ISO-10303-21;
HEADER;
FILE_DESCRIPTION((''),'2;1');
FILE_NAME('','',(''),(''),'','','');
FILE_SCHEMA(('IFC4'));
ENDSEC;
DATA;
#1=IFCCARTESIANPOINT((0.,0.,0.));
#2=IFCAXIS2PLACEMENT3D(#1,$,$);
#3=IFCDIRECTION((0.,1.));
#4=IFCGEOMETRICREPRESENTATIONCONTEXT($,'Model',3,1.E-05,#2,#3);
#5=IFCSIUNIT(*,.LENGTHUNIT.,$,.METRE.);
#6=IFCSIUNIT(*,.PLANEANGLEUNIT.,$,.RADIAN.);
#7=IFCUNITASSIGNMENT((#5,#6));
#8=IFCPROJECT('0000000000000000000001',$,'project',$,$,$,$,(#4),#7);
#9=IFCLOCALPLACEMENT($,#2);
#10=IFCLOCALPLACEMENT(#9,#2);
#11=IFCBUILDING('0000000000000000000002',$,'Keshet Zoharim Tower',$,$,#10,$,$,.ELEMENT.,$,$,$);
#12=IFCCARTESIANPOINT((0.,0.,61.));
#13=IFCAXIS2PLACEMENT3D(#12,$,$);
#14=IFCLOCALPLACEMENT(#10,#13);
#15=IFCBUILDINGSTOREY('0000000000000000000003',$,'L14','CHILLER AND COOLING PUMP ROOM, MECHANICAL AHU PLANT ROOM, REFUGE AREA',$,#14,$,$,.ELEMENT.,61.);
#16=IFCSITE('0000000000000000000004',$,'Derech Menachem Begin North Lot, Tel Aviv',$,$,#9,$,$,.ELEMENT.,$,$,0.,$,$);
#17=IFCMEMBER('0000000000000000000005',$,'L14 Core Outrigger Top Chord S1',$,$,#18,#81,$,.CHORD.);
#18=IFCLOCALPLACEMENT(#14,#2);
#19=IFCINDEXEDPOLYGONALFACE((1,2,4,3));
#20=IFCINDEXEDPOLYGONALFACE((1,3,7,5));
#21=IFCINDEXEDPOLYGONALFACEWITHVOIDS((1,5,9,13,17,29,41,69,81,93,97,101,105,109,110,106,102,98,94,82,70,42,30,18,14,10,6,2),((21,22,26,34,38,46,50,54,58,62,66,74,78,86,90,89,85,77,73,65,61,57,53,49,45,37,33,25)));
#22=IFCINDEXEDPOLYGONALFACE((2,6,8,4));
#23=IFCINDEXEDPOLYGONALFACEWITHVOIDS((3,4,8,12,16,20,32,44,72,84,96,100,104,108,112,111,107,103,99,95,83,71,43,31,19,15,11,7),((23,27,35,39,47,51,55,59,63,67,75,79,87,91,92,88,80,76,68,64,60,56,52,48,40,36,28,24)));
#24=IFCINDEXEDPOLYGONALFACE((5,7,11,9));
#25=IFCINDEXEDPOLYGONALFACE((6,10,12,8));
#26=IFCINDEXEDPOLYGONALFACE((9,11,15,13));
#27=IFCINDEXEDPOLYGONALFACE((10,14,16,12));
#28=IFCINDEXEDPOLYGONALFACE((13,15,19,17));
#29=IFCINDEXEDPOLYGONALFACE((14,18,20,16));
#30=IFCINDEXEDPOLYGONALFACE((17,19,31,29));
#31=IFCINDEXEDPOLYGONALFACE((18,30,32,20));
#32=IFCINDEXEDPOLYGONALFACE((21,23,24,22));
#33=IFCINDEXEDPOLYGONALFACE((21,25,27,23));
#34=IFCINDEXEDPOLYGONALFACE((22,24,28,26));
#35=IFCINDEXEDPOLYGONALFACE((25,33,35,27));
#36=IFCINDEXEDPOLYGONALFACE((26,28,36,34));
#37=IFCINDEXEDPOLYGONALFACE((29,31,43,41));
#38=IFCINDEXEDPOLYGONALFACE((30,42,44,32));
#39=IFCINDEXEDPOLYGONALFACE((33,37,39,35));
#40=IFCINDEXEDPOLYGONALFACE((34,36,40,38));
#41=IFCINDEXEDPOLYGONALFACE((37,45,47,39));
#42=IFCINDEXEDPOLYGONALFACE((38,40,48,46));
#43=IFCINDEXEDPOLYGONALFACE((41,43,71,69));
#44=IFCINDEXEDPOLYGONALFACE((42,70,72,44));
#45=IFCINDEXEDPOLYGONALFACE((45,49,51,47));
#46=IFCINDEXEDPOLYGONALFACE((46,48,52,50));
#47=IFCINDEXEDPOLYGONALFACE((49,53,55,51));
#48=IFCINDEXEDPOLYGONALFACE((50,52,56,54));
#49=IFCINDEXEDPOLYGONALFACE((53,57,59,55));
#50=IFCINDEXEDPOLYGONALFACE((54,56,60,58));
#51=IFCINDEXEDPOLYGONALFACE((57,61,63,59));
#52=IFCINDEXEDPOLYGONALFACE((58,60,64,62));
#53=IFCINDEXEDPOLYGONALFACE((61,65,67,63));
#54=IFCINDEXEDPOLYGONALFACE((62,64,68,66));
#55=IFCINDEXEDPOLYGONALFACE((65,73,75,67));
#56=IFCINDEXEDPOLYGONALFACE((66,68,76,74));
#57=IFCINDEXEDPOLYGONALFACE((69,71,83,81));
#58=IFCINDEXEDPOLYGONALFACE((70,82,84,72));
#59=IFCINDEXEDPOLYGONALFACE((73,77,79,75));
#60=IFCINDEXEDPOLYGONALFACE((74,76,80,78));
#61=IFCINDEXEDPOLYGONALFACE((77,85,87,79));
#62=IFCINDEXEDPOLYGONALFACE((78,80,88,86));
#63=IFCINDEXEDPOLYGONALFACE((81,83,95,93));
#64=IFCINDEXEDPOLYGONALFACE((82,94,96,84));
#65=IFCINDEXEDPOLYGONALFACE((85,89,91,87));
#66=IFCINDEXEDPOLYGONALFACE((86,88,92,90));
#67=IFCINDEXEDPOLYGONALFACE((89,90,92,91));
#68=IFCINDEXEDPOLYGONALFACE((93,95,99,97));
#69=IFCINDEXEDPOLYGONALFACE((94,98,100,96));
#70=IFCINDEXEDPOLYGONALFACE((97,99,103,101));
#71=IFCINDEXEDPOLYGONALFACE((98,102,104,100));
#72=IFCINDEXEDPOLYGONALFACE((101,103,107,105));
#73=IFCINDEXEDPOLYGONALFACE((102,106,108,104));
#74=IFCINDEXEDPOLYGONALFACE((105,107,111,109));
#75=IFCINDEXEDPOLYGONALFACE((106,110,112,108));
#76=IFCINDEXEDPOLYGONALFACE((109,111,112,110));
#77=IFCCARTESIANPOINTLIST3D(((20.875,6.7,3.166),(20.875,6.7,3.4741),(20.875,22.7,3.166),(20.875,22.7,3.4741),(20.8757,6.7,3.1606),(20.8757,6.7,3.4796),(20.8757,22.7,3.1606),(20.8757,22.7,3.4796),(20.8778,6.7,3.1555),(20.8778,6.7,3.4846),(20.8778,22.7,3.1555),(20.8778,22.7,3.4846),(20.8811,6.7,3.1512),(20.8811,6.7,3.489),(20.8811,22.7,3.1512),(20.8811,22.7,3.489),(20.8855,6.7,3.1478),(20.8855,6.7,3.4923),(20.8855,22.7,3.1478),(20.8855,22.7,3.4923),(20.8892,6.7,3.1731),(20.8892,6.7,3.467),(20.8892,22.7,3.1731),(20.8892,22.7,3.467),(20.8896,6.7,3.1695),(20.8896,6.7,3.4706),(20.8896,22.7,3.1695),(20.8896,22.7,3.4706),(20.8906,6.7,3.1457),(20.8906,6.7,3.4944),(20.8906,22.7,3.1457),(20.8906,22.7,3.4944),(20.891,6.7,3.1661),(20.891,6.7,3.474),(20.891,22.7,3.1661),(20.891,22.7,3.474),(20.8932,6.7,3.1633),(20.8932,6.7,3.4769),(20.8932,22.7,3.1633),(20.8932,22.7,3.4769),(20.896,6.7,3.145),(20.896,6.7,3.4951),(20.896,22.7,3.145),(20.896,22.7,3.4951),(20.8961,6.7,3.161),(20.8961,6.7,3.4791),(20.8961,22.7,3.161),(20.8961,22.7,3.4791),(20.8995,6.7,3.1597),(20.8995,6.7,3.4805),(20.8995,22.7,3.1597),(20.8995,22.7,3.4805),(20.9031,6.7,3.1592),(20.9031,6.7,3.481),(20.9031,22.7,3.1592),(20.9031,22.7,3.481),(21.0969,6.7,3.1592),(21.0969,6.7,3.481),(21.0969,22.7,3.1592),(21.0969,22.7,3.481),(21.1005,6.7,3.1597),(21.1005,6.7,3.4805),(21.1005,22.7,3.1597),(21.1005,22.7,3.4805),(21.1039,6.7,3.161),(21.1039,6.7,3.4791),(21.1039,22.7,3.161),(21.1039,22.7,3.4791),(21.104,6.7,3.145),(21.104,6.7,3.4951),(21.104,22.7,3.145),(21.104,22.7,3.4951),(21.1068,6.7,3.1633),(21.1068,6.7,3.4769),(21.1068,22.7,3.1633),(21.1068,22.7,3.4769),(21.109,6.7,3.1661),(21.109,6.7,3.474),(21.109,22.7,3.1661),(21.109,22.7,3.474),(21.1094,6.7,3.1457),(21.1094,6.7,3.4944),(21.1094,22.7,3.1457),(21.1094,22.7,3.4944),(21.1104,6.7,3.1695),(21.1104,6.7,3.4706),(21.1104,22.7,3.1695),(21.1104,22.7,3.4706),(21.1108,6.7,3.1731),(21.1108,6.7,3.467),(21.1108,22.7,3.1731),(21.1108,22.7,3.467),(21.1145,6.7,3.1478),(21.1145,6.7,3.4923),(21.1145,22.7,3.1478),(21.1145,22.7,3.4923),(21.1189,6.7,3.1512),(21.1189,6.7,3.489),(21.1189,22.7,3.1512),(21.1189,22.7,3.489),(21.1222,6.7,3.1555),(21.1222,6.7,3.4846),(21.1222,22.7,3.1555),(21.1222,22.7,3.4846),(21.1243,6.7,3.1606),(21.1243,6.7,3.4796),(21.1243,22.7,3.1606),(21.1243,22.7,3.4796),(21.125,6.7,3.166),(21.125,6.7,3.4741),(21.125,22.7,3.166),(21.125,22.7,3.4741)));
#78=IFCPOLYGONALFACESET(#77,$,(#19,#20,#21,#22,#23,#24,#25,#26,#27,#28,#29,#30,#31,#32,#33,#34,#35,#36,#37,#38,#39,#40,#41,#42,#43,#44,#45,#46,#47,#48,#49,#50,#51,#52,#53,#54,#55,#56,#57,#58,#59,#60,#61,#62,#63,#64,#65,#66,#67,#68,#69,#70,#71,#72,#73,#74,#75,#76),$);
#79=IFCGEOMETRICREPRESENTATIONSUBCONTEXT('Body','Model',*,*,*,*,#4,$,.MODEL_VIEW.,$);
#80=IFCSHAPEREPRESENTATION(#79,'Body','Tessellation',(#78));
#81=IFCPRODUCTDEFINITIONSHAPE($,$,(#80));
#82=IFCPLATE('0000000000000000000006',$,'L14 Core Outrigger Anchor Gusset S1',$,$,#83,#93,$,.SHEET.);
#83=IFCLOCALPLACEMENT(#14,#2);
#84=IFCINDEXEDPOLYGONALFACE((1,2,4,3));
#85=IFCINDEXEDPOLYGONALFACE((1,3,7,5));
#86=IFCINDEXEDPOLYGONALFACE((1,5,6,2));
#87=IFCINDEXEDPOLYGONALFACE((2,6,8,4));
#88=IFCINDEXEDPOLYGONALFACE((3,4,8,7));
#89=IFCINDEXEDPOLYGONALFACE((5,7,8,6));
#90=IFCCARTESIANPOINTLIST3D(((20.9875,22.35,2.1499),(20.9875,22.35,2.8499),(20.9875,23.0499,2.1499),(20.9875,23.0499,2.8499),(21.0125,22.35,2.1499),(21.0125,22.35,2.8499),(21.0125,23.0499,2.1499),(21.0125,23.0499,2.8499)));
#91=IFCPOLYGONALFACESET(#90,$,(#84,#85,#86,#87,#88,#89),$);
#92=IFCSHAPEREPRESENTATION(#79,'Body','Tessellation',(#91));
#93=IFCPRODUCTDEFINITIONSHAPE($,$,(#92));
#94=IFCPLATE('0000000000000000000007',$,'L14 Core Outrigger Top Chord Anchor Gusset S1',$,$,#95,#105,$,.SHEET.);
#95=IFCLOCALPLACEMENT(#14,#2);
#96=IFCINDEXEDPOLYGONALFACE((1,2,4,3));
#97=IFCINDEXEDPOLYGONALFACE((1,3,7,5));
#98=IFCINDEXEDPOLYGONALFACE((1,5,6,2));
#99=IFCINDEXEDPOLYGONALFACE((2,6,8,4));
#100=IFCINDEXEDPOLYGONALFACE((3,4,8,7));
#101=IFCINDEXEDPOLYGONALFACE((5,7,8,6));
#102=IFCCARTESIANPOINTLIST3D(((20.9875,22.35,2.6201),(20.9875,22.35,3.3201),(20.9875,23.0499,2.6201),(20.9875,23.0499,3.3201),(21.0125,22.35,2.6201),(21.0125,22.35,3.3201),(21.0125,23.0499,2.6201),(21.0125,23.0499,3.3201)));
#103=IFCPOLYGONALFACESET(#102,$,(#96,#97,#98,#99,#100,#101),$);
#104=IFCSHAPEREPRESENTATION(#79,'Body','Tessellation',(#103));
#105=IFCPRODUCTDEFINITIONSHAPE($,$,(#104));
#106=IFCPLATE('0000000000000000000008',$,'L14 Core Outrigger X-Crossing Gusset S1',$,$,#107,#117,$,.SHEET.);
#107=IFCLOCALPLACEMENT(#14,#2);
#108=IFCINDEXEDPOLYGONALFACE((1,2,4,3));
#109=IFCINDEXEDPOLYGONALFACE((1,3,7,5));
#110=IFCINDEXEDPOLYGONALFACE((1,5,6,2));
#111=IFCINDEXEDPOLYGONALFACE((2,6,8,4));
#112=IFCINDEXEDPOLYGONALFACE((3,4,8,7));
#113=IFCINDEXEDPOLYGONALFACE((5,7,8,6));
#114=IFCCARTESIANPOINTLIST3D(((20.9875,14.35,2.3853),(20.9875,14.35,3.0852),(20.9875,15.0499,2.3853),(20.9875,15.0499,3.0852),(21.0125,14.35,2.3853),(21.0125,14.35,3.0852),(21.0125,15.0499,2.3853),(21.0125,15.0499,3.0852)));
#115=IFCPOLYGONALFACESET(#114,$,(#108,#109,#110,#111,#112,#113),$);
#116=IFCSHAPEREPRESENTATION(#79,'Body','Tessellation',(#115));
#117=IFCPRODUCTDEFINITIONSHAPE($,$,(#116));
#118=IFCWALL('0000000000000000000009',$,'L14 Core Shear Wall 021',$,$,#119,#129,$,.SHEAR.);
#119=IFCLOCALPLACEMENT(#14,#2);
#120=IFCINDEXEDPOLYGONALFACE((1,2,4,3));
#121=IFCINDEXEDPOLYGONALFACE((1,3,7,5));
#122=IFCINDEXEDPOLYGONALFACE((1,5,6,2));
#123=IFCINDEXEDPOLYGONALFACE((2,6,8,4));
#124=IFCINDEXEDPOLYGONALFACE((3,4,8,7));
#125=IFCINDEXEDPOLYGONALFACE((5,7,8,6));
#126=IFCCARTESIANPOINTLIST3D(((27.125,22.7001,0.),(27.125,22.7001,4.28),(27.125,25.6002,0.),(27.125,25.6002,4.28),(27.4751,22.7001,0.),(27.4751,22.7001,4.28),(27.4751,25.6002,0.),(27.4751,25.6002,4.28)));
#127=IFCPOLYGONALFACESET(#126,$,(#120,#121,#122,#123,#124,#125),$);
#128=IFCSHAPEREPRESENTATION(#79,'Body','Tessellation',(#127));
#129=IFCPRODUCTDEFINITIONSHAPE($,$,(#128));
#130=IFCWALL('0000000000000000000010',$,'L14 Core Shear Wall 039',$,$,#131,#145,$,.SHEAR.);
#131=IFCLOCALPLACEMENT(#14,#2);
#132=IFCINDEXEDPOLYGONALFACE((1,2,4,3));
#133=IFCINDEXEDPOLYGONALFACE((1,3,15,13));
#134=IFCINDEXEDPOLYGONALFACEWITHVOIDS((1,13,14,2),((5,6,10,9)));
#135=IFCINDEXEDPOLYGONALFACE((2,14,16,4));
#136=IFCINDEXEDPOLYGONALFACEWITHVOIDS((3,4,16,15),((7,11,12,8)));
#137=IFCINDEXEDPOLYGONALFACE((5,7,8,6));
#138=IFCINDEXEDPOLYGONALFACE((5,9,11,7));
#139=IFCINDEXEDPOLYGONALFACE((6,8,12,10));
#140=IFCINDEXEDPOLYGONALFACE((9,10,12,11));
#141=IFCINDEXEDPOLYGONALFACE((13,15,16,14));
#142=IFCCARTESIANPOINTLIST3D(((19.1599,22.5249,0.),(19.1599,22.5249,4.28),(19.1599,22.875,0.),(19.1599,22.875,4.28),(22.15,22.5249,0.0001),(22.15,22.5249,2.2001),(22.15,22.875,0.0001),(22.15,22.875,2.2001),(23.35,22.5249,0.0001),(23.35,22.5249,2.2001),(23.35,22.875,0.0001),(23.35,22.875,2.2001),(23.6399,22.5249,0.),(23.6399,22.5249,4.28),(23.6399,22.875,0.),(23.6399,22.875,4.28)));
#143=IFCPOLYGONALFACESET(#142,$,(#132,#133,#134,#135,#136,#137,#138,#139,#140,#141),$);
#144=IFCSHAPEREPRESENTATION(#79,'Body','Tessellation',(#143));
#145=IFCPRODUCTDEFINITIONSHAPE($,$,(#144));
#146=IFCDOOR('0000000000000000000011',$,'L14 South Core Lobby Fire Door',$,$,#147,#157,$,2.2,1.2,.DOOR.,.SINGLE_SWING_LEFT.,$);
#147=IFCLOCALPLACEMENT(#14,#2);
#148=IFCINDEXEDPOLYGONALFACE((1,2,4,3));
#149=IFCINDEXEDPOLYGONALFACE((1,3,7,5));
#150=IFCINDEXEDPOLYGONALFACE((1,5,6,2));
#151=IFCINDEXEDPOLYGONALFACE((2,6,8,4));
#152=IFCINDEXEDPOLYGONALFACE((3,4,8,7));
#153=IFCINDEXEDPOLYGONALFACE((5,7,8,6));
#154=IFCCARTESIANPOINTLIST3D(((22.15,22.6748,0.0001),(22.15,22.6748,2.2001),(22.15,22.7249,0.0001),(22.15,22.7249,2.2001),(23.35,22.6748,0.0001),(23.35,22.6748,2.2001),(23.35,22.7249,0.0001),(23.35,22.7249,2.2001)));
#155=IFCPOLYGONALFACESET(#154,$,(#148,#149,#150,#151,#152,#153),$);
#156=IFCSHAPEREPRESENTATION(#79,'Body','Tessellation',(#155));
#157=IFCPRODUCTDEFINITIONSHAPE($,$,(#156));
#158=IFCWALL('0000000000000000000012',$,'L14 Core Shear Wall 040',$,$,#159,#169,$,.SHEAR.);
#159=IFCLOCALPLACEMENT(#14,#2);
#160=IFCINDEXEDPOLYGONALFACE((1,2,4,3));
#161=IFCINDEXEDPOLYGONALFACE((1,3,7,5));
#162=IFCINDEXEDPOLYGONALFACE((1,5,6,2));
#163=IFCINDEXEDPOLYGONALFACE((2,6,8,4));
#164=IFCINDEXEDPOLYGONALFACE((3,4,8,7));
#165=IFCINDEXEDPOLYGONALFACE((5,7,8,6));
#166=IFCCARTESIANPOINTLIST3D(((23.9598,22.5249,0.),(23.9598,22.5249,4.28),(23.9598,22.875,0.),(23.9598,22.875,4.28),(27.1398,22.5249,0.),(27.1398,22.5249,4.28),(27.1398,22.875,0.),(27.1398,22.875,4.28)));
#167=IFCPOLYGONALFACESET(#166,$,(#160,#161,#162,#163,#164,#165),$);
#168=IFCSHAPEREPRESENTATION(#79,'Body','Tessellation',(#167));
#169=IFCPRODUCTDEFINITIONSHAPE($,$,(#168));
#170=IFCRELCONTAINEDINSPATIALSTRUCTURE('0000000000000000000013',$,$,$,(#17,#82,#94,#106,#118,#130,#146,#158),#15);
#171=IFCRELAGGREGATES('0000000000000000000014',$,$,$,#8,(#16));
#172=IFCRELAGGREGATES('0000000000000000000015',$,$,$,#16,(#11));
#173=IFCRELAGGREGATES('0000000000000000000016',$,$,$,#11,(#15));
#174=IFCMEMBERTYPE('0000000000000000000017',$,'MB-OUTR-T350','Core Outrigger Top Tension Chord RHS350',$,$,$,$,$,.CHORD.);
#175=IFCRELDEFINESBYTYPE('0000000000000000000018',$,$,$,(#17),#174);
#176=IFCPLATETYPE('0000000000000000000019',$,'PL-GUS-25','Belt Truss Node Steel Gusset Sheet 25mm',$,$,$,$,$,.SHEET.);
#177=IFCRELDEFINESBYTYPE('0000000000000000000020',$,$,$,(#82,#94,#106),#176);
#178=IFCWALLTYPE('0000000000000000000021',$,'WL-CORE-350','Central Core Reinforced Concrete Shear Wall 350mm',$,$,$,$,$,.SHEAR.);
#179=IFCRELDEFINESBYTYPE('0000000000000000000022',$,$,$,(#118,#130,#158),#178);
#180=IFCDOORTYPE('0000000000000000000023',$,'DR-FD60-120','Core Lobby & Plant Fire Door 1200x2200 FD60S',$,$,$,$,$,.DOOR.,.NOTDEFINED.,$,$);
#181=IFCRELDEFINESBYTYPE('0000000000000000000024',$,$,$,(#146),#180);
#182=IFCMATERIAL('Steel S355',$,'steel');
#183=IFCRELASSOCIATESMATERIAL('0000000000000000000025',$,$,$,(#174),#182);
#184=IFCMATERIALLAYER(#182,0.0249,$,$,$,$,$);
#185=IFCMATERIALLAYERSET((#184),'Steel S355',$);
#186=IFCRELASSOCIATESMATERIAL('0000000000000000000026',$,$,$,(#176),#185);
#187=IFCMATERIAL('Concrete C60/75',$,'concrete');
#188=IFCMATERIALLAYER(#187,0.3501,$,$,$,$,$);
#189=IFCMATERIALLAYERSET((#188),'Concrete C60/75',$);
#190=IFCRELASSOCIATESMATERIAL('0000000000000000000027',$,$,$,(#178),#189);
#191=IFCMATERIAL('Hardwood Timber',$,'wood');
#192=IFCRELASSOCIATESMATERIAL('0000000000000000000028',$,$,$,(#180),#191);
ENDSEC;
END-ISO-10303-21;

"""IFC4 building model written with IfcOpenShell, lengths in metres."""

from ifc_helpers import new_model, si_unit, direction, frame, frame_2d, origin, origin_2d, place, context, subcontext, project, spatial, rectangle, hollow_rectangle, extrude, material, layer, layer_set, material_profile, profile_set, type_object, element, fill, save


model = new_model("IFC4")

# Units and contexts
model_context = context("Model", 3, precision=1e-05, world=origin(), true_north=direction((0.0, 1.0)))
body_context = subcontext(model_context, "Body", "Model", "MODEL_VIEW")
ifc_project = project(units=[si_unit("LENGTHUNIT", "METRE"), si_unit("PLANEANGLEUNIT", "RADIAN")], contexts=[model_context])

# Site, building, storey
site_placement = place(None, origin())
site = spatial("IfcSite", under=ifc_project, at=site_placement, Name="Derech Menachem Begin North Lot, Tel Aviv", CompositionType="ELEMENT", RefElevation=0.0)
building_placement = place(site_placement, origin())
building = spatial("IfcBuilding", under=site, at=building_placement, Name="Keshet Zoharim Tower", CompositionType="ELEMENT")
storey_placement = place(building_placement, frame((0.0, 0.0, 61.0)))
storey = spatial("IfcBuildingStorey", under=building, at=storey_placement, Name="L14", Description="CHILLER AND COOLING PUMP ROOM, MECHANICAL AHU PLANT ROOM, REFUGE AREA", CompositionType="ELEMENT", Elevation=61.0)

# Member
ifc_material_1 = material(Name="Steel S355", Category="steel")
ifc_material_profile_1 = material_profile(ifc_material_1, hollow_rectangle(XDim=0.25, YDim=0.3501, WallThickness=0.0142, InnerFilletRadius=0.0139, OuterFilletRadius=0.021, at=origin_2d()), Name="RHS350x250x14.2")
ifc_profile_set_1 = profile_set([ifc_material_profile_1], Name="Steel S355")
member_type_1 = type_object("IfcMemberType", Name="MB-OUTR-T350", Description="Core Outrigger Top Tension Chord RHS350", PredefinedType="CHORD", material=ifc_profile_set_1)
member_1_placement = place(storey_placement, frame((21.0, 22.7, 3.3201), z_axis=(0.0, -1.0, 0.0), x_axis=(1.0, 0.0, 0.0)))
element("IfcMember", 1, at=member_1_placement, inside=storey, type_object=member_type_1, Name="L14 Core Outrigger Top Chord S1", PredefinedType="CHORD", context=body_context, shape_type="SweptSolid", body=[
    extrude(hollow_rectangle(XDim=0.25, YDim=0.3501, WallThickness=0.0142, InnerFilletRadius=0.0139, OuterFilletRadius=0.021, at=origin_2d()), origin(), (0.0, 0.0, 1.0), 16.0),
])

# Plates
ifc_layer_1 = layer(ifc_material_1, 0.0249)
ifc_layer_set_1 = layer_set([ifc_layer_1], Name="Steel S355")
plate_type = type_object("IfcPlateType", Name="PL-GUS-25", Description="Belt Truss Node Steel Gusset Sheet 25mm", PredefinedType="SHEET", material=ifc_layer_set_1)
for number, where, z_axis, x_axis, name in (
    (2, (21.0, 22.7, 2.1499), (0.0, 0.0, 1.0), (0.0, 1.0, 0.0), "L14 Core Outrigger Anchor Gusset S1"),
    (3, (21.0, 22.7, 2.6201), (0.0, 0.0, 1.0), (0.0, 1.0, 0.0), "L14 Core Outrigger Top Chord Anchor Gusset S1"),
    (4, (21.0, 14.7, 2.3853), (0.0, 0.0, 1.0), (0.0, 1.0, 0.0), "L14 Core Outrigger X-Crossing Gusset S1"),
):
    element("IfcPlate", number, at=place(storey_placement, frame(where, z_axis=z_axis, x_axis=x_axis)), inside=storey, type_object=plate_type, Name=name, PredefinedType="SHEET", context=body_context, shape_type="SweptSolid", body=[
        extrude(rectangle(XDim=0.7, YDim=0.0249, at=origin_2d()), origin(), (0.0, 0.0, 1.0), 0.7),
    ])

# Shared definitions
ifc_material_2 = material(Name="Concrete C60/75", Category="concrete")
ifc_layer_2 = layer(ifc_material_2, 0.3501)
ifc_layer_set_2 = layer_set([ifc_layer_2], Name="Concrete C60/75")
wall_type = type_object("IfcWallType", Name="WL-CORE-350", Description="Central Core Reinforced Concrete Shear Wall 350mm", PredefinedType="SHEAR", material=ifc_layer_set_2)
ifc_material_3 = material(Name="Hardwood Timber", Category="wood")

# Wall
wall_1_placement = place(storey_placement, frame((27.3, 22.7, 0.0), z_axis=(0.0, 0.0, 1.0), x_axis=(0.0, 1.0, 0.0)))
element("IfcWall", 5, at=wall_1_placement, inside=storey, type_object=wall_type, Name="L14 Core Shear Wall 021", PredefinedType="SHEAR", context=body_context, shape_type="SweptSolid", body=[
    extrude(rectangle(XDim=2.9001, YDim=0.3501, at=frame_2d((1.4502, 0.0))), origin(), (0.0, 0.0, 1.0), 4.28),
])

# Wall, opening, door
wall_2_placement = place(storey_placement, frame((19.1599, 22.7, 0.0), z_axis=(0.0, 0.0, 1.0), x_axis=(1.0, 0.0, 0.0)))
wall_2 = element("IfcWall", 6, at=wall_2_placement, inside=storey, type_object=wall_type, Name="L14 Core Shear Wall 039", PredefinedType="SHEAR", context=body_context, shape_type="SweptSolid", body=[
    extrude(rectangle(XDim=4.48, YDim=0.3501, at=frame_2d((2.24, 0.0))), origin(), (0.0, 0.0, 1.0), 4.28),
])
opening_1_placement = place(wall_2_placement, frame((2.99, 0.0, 0.0)))
opening_1 = element("IfcOpeningElement", 7, at=opening_1_placement, cuts=wall_2, PredefinedType="OPENING", context=body_context, shape_type="SweptSolid", body=[
    extrude(rectangle(XDim=1.2, YDim=2.2, at=frame_2d((0.6001, 1.1001))), frame((0.0, 0.1851, 0.0), z_axis=(0.0, -1.0, 0.0), x_axis=(1.0, 0.0, 0.0)), (0.0, 0.0, 1.0), 0.3701),
])
door_type_1 = type_object("IfcDoorType", Name="DR-FD60-120", Description="Core Lobby & Plant Fire Door 1200x2200 FD60S", OperationType="NOTDEFINED", PredefinedType="DOOR", material=ifc_material_3)
door_1_placement = place(opening_1_placement, origin())
door_1 = element("IfcDoor", 8, at=door_1_placement, inside=storey, type_object=door_type_1, Name="L14 South Core Lobby Fire Door", OperationType="SINGLE_SWING_LEFT", OverallHeight=2.2, OverallWidth=1.2, PredefinedType="DOOR", context=body_context, shape_type="SweptSolid", body=[
    extrude(rectangle(XDim=1.2, YDim=2.2, at=frame_2d((0.6001, 1.1001))), frame((0.0, 0.0249, 0.0), z_axis=(0.0, -1.0, 0.0), x_axis=(1.0, 0.0, 0.0)), (0.0, 0.0, 1.0), 0.05),
])
fill(opening_1, door_1)

# Wall
wall_3_placement = place(storey_placement, frame((23.96, 22.7, 0.0), z_axis=(0.0, 0.0, 1.0), x_axis=(1.0, 0.0, 0.0)))
element("IfcWall", 9, at=wall_3_placement, inside=storey, type_object=wall_type, Name="L14 Core Shear Wall 040", PredefinedType="SHEAR", context=body_context, shape_type="SweptSolid", body=[
    extrude(rectangle(XDim=3.1799, YDim=0.3501, at=frame_2d((1.5898, 0.0))), origin(), (0.0, 0.0, 1.0), 4.28),
])

save(model, "model.ifc")
